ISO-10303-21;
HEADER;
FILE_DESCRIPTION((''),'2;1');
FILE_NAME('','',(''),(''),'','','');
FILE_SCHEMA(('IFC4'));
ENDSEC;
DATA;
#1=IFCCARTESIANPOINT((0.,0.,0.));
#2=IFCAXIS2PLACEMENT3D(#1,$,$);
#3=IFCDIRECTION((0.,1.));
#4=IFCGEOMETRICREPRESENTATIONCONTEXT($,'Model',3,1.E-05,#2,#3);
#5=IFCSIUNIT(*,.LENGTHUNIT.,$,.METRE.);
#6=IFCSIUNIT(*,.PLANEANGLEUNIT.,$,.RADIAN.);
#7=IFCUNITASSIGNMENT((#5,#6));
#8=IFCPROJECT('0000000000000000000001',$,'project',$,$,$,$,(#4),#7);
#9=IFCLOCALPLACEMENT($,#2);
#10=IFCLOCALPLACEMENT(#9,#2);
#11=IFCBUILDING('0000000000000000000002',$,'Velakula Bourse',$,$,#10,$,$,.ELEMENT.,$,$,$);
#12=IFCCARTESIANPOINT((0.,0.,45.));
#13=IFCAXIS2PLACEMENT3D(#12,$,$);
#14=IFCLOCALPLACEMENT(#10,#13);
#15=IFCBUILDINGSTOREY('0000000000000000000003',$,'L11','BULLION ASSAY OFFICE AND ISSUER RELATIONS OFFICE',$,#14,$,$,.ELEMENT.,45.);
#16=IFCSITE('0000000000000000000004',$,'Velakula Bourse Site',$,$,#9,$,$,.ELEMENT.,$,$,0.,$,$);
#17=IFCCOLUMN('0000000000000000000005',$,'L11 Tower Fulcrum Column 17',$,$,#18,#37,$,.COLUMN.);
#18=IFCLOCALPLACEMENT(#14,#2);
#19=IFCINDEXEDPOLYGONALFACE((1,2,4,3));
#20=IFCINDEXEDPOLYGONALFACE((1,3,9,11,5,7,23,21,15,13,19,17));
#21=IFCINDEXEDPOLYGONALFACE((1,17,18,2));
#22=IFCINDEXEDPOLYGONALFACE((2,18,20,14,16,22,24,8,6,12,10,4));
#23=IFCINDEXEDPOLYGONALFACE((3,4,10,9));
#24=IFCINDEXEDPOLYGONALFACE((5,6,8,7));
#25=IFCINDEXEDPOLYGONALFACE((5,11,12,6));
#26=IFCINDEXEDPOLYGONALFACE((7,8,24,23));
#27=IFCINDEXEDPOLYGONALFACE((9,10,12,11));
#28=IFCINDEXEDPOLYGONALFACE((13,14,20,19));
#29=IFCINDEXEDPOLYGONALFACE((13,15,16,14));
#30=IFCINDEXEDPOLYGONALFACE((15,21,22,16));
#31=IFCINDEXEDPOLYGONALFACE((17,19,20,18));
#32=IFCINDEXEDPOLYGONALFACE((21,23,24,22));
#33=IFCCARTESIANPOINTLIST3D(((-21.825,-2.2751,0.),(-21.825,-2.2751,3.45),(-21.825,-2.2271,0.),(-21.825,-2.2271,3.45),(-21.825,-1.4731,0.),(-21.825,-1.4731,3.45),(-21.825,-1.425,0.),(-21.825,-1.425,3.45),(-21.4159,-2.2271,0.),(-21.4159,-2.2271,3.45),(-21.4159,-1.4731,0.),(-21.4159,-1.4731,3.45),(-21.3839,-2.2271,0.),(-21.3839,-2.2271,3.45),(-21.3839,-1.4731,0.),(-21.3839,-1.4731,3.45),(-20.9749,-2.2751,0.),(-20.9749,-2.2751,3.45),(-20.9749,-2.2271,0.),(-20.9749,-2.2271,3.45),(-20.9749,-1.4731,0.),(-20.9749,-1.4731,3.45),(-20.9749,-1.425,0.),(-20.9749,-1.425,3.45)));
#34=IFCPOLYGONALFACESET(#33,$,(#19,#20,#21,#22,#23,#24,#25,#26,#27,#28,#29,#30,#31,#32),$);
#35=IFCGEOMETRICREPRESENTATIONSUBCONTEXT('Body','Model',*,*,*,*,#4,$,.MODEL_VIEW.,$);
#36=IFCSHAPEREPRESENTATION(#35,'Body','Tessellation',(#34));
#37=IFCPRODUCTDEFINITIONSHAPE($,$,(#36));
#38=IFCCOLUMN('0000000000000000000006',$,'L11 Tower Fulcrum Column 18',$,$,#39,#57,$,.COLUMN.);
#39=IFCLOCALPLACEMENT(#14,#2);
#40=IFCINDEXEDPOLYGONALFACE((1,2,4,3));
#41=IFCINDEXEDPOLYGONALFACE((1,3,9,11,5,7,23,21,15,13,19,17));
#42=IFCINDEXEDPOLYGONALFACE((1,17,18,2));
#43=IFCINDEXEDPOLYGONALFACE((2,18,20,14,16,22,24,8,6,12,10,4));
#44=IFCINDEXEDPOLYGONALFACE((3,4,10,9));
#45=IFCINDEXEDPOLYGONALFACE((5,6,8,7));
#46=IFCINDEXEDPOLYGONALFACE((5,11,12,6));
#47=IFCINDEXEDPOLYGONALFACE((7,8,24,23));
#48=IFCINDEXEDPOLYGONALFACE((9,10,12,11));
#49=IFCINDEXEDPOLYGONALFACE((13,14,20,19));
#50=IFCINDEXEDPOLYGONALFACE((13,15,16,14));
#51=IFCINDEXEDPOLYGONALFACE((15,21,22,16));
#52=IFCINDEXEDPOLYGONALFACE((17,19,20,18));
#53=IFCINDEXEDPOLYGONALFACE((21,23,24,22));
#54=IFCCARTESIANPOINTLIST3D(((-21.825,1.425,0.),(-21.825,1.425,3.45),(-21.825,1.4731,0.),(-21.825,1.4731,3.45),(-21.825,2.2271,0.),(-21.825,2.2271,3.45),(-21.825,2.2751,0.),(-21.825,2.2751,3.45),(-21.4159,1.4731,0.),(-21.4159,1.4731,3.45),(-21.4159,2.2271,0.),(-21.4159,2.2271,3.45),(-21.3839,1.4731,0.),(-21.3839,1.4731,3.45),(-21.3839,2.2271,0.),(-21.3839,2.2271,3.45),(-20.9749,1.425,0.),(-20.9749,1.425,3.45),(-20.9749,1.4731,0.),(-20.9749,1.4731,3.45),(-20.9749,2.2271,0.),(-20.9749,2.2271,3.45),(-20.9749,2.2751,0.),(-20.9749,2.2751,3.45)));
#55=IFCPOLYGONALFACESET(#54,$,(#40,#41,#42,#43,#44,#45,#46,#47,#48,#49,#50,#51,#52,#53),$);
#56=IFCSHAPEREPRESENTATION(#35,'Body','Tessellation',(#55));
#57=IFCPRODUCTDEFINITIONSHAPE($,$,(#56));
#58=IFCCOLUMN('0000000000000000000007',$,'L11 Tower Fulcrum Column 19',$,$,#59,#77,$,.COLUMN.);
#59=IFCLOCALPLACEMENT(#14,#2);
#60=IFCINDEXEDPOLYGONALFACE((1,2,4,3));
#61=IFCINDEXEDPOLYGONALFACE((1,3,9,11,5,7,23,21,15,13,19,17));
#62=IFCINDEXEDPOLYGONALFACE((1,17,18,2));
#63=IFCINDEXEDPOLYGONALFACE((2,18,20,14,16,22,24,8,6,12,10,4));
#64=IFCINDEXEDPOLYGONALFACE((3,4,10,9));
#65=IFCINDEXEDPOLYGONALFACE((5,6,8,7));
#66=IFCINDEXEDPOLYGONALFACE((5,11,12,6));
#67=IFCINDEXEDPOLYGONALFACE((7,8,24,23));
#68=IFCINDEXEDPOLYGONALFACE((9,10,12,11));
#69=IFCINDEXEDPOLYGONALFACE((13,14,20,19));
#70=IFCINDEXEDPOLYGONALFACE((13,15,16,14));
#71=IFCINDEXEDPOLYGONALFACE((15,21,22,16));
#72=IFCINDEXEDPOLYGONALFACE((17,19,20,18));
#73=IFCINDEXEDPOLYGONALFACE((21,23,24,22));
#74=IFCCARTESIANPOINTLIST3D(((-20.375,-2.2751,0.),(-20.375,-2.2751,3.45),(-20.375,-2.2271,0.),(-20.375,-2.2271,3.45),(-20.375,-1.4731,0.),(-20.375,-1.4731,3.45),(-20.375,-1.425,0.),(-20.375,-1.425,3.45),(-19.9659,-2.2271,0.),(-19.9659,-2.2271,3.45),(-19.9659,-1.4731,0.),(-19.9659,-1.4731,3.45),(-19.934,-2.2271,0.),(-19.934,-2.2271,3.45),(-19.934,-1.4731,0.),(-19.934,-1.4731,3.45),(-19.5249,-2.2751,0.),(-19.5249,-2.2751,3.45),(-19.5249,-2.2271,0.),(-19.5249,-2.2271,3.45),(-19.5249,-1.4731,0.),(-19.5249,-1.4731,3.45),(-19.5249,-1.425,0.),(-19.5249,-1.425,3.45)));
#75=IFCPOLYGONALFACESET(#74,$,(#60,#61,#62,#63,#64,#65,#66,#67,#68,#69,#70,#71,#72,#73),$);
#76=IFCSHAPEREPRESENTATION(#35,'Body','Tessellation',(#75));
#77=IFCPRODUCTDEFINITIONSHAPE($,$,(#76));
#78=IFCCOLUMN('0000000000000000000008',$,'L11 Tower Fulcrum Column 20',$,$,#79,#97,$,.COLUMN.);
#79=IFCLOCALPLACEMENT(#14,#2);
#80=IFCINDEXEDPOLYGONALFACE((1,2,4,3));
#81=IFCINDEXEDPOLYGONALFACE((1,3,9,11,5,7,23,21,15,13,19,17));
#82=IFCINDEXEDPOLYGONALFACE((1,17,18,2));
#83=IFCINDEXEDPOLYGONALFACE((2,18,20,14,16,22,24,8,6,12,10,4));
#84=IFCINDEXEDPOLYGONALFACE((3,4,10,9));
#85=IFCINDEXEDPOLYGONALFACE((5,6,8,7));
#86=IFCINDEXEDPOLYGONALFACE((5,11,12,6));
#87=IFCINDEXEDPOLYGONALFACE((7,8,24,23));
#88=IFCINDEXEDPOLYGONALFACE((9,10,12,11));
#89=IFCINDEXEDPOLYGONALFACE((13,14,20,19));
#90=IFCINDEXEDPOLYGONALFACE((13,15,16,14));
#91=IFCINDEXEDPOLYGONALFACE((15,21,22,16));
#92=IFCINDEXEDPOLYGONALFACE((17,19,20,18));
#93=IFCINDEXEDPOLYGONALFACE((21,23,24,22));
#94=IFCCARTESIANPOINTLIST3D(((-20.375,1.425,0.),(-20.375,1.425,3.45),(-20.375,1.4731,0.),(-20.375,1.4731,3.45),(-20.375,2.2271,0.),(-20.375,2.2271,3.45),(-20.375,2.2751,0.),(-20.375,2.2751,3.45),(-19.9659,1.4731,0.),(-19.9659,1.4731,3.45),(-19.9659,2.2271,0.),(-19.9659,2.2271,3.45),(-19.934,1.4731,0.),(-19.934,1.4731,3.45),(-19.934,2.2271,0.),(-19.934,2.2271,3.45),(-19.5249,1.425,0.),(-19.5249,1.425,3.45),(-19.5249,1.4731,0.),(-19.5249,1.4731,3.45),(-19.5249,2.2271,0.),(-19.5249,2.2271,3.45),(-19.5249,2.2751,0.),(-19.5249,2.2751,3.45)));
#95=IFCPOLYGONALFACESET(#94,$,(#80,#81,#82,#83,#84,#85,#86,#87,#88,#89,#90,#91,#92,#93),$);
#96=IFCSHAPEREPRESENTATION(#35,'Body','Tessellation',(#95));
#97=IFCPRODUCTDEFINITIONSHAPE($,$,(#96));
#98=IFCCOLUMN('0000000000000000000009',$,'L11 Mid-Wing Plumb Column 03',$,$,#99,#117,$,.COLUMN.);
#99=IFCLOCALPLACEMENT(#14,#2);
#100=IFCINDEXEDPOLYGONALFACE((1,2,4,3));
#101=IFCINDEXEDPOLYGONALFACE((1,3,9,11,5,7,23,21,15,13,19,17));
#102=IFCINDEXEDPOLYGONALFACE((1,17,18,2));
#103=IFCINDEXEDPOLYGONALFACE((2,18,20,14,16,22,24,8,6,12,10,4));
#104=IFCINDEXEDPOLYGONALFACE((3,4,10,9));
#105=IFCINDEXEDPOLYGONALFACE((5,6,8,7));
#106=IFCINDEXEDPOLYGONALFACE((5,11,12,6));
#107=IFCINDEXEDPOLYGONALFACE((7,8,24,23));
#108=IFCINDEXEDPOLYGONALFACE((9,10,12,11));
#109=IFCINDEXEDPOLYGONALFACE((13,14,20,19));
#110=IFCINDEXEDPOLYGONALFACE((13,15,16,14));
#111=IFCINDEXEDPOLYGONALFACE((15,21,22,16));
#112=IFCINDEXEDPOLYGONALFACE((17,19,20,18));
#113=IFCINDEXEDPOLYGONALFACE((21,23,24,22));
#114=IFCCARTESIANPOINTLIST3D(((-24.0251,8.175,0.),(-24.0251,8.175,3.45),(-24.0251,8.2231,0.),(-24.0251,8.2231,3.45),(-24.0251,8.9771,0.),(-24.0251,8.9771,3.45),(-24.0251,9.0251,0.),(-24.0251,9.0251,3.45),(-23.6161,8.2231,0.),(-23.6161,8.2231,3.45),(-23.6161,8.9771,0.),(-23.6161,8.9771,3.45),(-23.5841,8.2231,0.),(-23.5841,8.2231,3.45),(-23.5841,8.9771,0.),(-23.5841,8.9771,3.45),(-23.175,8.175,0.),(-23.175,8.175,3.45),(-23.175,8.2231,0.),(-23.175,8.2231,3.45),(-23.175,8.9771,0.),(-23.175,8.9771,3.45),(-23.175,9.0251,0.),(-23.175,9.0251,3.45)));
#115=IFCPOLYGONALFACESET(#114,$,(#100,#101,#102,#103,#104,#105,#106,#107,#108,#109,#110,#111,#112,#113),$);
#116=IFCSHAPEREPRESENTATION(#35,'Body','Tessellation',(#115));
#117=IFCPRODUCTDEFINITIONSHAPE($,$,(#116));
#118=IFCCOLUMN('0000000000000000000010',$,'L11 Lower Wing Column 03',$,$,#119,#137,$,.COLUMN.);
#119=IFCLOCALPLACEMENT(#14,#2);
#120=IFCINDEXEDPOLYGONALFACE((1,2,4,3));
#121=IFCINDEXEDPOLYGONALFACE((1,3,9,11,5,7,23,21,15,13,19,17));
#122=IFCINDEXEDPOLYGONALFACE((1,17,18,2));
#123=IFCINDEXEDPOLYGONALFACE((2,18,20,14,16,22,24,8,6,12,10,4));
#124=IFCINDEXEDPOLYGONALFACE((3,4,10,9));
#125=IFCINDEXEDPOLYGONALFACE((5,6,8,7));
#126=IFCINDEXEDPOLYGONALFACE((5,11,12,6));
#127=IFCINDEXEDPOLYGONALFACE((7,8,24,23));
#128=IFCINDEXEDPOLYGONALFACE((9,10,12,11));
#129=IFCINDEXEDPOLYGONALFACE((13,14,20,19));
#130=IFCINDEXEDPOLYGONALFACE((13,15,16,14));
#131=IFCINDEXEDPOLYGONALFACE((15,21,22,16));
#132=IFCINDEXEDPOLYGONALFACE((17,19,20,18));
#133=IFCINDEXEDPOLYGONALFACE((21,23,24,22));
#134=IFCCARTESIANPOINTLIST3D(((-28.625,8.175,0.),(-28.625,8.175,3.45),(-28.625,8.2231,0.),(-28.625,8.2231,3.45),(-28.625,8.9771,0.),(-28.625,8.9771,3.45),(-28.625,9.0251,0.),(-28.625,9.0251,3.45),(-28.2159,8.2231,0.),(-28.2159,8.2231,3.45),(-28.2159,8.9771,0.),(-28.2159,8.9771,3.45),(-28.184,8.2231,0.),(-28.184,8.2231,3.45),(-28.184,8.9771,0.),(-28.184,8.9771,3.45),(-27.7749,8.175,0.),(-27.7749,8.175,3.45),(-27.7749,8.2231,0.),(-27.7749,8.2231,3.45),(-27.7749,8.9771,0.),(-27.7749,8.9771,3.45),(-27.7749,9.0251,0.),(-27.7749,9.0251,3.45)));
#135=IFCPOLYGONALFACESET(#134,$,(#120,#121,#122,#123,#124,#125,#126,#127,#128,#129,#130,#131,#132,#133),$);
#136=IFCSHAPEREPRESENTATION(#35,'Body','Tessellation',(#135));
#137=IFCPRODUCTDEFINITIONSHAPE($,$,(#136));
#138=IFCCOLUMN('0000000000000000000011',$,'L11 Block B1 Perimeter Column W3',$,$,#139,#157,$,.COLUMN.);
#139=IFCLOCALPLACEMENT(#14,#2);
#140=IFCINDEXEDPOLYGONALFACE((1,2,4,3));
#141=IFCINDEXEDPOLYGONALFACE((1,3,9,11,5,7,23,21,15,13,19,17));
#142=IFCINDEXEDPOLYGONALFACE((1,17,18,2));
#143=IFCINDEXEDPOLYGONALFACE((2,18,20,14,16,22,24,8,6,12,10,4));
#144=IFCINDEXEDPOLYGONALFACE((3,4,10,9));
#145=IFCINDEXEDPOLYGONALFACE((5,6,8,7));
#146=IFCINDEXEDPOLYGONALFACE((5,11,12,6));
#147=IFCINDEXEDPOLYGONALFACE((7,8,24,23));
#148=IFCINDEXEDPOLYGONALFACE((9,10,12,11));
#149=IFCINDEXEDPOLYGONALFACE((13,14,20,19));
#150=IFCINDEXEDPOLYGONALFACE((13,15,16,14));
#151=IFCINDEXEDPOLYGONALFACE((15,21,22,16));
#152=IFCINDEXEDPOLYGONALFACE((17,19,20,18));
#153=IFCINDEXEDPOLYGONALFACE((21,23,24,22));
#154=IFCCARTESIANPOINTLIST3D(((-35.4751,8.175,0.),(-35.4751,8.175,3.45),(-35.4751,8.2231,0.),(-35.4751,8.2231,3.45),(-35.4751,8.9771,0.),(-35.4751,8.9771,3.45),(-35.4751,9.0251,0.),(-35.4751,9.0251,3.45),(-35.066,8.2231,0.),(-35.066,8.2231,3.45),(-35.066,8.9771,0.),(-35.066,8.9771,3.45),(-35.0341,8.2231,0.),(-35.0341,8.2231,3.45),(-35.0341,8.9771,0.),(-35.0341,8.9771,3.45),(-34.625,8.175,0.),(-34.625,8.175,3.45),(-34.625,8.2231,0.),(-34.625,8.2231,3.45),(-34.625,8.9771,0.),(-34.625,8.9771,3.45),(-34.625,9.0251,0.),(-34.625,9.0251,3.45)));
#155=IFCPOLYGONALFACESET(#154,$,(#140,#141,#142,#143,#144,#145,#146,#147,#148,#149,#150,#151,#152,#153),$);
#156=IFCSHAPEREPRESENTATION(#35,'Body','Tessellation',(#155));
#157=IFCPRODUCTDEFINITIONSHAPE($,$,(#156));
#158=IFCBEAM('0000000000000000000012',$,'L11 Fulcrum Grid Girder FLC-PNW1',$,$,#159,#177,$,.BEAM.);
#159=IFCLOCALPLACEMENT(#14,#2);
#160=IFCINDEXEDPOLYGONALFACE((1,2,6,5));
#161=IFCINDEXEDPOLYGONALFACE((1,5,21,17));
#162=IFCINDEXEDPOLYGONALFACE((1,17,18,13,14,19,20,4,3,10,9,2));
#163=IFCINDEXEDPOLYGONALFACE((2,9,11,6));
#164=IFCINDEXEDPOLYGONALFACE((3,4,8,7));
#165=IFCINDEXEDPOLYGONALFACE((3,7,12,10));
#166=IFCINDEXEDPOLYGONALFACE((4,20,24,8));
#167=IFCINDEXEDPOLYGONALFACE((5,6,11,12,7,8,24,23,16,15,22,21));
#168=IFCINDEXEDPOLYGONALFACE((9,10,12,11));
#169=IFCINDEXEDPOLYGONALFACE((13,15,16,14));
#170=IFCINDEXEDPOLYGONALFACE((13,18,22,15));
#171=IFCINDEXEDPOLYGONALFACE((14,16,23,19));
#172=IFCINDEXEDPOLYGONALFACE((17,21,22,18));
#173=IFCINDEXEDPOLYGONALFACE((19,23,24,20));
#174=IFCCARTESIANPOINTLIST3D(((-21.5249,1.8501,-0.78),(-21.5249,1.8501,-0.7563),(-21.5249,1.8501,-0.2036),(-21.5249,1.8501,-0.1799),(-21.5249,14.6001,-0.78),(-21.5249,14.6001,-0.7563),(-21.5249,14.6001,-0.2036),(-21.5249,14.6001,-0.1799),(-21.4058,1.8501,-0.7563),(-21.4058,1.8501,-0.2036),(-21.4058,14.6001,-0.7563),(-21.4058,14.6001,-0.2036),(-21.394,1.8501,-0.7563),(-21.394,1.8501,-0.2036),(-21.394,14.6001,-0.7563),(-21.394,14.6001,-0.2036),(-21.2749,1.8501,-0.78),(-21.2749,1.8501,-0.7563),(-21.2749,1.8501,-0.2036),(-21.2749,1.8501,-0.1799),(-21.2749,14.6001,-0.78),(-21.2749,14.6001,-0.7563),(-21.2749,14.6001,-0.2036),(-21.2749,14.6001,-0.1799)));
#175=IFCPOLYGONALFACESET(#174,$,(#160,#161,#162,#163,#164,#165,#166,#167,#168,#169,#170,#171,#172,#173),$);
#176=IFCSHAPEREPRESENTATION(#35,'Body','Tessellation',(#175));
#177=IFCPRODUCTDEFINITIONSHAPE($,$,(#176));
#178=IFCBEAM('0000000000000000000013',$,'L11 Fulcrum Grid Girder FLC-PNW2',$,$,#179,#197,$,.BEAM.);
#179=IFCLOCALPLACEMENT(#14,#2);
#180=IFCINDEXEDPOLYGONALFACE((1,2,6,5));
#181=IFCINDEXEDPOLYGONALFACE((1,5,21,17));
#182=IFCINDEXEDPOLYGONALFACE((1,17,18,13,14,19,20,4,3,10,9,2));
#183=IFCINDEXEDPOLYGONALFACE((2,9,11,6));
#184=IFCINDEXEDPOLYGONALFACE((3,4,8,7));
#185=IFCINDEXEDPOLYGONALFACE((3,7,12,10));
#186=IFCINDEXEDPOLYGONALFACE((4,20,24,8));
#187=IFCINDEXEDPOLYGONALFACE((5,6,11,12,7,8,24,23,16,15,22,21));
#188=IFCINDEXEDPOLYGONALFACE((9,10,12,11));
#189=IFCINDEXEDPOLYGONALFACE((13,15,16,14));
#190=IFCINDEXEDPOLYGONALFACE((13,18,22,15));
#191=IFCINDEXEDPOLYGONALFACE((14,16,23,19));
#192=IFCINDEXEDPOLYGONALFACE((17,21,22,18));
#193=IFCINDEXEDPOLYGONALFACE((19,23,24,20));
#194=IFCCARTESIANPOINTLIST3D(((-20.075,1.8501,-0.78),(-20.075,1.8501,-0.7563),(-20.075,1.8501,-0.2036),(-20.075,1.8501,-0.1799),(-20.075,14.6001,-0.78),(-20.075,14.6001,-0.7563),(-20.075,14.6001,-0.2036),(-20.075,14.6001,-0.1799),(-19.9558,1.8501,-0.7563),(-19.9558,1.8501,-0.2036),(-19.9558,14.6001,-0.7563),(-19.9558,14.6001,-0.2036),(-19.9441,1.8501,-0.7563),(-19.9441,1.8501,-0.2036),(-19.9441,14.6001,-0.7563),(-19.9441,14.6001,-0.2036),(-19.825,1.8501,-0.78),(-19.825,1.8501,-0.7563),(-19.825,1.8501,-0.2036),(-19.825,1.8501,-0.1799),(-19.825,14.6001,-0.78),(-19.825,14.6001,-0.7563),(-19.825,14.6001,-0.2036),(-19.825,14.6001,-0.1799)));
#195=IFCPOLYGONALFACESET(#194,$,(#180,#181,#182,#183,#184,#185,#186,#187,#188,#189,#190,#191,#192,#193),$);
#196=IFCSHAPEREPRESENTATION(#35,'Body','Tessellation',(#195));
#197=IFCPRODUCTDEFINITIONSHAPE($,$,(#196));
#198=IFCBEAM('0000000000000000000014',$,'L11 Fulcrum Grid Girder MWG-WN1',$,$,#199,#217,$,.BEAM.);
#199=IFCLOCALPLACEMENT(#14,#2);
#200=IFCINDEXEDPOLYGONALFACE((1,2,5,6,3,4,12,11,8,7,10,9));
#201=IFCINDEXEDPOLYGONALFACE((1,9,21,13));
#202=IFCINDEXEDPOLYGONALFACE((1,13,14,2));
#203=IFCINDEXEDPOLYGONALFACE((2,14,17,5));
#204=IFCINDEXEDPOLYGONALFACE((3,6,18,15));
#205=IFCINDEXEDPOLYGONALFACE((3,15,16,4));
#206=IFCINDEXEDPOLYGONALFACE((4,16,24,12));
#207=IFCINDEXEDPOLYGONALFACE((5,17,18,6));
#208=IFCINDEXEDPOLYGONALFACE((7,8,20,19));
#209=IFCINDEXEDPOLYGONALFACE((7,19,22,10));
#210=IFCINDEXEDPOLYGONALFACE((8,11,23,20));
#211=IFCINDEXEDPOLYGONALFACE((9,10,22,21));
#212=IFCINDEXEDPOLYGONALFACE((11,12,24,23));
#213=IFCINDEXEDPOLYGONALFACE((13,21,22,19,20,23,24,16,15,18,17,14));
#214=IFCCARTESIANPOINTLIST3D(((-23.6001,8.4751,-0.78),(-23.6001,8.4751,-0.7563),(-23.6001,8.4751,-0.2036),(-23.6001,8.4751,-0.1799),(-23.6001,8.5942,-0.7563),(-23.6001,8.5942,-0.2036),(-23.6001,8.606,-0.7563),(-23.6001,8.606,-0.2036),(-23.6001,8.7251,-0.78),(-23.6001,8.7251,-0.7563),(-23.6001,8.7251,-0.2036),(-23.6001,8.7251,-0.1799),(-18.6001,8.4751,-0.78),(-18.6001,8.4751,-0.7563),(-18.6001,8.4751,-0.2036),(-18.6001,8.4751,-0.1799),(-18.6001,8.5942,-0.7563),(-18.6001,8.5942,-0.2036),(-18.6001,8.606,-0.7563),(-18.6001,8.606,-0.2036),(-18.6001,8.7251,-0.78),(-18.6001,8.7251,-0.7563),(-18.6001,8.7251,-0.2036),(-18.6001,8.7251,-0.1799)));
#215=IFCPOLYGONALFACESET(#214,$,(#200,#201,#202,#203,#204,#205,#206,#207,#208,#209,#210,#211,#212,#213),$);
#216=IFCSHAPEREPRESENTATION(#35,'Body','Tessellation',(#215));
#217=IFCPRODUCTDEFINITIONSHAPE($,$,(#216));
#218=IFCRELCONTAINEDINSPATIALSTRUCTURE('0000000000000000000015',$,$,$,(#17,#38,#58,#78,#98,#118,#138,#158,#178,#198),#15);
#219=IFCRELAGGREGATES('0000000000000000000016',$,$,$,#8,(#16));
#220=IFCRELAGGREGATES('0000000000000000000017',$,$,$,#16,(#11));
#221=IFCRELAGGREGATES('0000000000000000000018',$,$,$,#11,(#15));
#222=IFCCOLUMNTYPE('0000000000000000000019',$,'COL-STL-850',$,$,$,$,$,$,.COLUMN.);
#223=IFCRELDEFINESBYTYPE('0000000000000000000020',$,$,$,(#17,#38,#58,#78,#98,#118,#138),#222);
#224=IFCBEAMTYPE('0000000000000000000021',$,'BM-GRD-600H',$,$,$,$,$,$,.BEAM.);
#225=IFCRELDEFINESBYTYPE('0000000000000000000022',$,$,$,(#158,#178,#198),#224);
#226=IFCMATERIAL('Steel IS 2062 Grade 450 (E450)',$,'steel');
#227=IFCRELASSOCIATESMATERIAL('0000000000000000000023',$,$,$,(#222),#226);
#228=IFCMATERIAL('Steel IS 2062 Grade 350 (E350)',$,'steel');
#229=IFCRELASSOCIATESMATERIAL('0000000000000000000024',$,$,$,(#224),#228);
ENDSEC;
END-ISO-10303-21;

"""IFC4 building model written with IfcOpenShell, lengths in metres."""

from ifc_helpers import new_model, si_unit, direction, frame, origin, origin_2d, place, context, subcontext, project, spatial, i_section, extrude, material, material_profile, profile_set, type_object, element, save


model = new_model("IFC4")

# Units and contexts
model_context = context("Model", 3, precision=1e-05, world=origin(), true_north=direction((0.0, 1.0)))
body_context = subcontext(model_context, "Body", "Model", "MODEL_VIEW")
ifc_project = project(units=[si_unit("LENGTHUNIT", "METRE"), si_unit("PLANEANGLEUNIT", "RADIAN")], contexts=[model_context])

# Site, building, storey
site_placement = place(None, origin())
site = spatial("IfcSite", under=ifc_project, at=site_placement, Name="Velakula Bourse Site", CompositionType="ELEMENT", RefElevation=0.0)
building_placement = place(site_placement, origin())
building = spatial("IfcBuilding", under=site, at=building_placement, Name="Velakula Bourse", CompositionType="ELEMENT")
storey_placement = place(building_placement, frame((0.0, 0.0, 45.0)))
storey = spatial("IfcBuildingStorey", under=building, at=storey_placement, Name="L11", Description="BULLION ASSAY OFFICE AND ISSUER RELATIONS OFFICE", CompositionType="ELEMENT", Elevation=45.0)

# Columns
ifc_material_1 = material(Name="Steel IS 2062 Grade 450 (E450)", Category="steel")
ifc_material_profile_1 = material_profile(ifc_material_1, i_section(OverallWidth=0.8501, OverallDepth=0.8501, WebThickness=0.032, FlangeThickness=0.0481, at=origin_2d()), Name="Steel IS 2062 Grade 450 (E450)")
ifc_profile_set_1 = profile_set([ifc_material_profile_1], Name="Steel IS 2062 Grade 450 (E450)")
column_type = type_object("IfcColumnType", Name="COL-STL-850", PredefinedType="COLUMN", material=ifc_profile_set_1)
for number, where, z_axis, x_axis, name in (
    (1, (-21.3999, -1.8501, 0.0), (0.0, 0.0, 1.0), (1.0, 0.0, 0.0), "L11 Tower Fulcrum Column 17"),
    (2, (-21.3999, 1.8501, 0.0), (0.0, 0.0, 1.0), (1.0, 0.0, 0.0), "L11 Tower Fulcrum Column 18"),
    (3, (-19.95, -1.8501, 0.0), (0.0, 0.0, 1.0), (1.0, 0.0, 0.0), "L11 Tower Fulcrum Column 19"),
    (4, (-19.95, 1.8501, 0.0), (0.0, 0.0, 1.0), (1.0, 0.0, 0.0), "L11 Tower Fulcrum Column 20"),
    (5, (-23.6001, 8.6001, 0.0), (0.0, 0.0, 1.0), (1.0, 0.0, 0.0), "L11 Mid-Wing Plumb Column 03"),
    (6, (-28.2, 8.6001, 0.0), (0.0, 0.0, 1.0), (1.0, 0.0, 0.0), "L11 Lower Wing Column 03"),
    (7, (-35.05, 8.6001, 0.0), (0.0, 0.0, 1.0), (1.0, 0.0, 0.0), "L11 Block B1 Perimeter Column W3"),
):
    element("IfcColumn", number, at=place(storey_placement, frame(where, z_axis=z_axis, x_axis=x_axis)), inside=storey, type_object=column_type, Name=name, PredefinedType="COLUMN", context=body_context, shape_type="SweptSolid", body=[
        extrude(i_section(OverallWidth=0.8501, OverallDepth=0.8501, WebThickness=0.032, FlangeThickness=0.0481, at=origin_2d()), origin(), (0.0, 0.0, 1.0), 3.45),
    ])

# Beams
ifc_material_2 = material(Name="Steel IS 2062 Grade 350 (E350)", Category="steel")
ifc_material_profile_2 = material_profile(ifc_material_2, i_section(OverallWidth=0.25, OverallDepth=0.6001, WebThickness=0.0117, FlangeThickness=0.0237, at=origin_2d()), Name="Steel IS 2062 Grade 350 (E350)")
ifc_profile_set_2 = profile_set([ifc_material_profile_2], Name="Steel IS 2062 Grade 350 (E350)")
beam_type_1 = type_object("IfcBeamType", Name="BM-GRD-600H", PredefinedType="BEAM", material=ifc_profile_set_2)
for number, where, z_axis, x_axis, name in (
    (8, (-21.3999, 1.8501, -0.48), (0.0, 1.0, 0.0), (-1.0, 0.0, 0.0), "L11 Fulcrum Grid Girder FLC-PNW1"),
    (9, (-19.95, 1.8501, -0.48), (0.0, 1.0, 0.0), (-1.0, 0.0, 0.0), "L11 Fulcrum Grid Girder FLC-PNW2"),
):
    element("IfcBeam", number, at=place(storey_placement, frame(where, z_axis=z_axis, x_axis=x_axis)), inside=storey, type_object=beam_type_1, Name=name, PredefinedType="BEAM", context=body_context, shape_type="SweptSolid", body=[
        extrude(i_section(OverallWidth=0.25, OverallDepth=0.6001, WebThickness=0.0117, FlangeThickness=0.0237, at=origin_2d()), origin(), (0.0, 0.0, 1.0), 12.75),
    ])
beam_1_placement = place(storey_placement, frame((-23.6001, 8.6001, -0.48), z_axis=(1.0, 0.0, 0.0), x_axis=(0.0, 1.0, 0.0)))
element("IfcBeam", 10, at=beam_1_placement, inside=storey, type_object=beam_type_1, Name="L11 Fulcrum Grid Girder MWG-WN1", PredefinedType="BEAM", context=body_context, shape_type="SweptSolid", body=[
    extrude(i_section(OverallWidth=0.25, OverallDepth=0.6001, WebThickness=0.0117, FlangeThickness=0.0237, at=origin_2d()), origin(), (0.0, 0.0, 1.0), 5.0),
])

save(model, "model.ifc")
